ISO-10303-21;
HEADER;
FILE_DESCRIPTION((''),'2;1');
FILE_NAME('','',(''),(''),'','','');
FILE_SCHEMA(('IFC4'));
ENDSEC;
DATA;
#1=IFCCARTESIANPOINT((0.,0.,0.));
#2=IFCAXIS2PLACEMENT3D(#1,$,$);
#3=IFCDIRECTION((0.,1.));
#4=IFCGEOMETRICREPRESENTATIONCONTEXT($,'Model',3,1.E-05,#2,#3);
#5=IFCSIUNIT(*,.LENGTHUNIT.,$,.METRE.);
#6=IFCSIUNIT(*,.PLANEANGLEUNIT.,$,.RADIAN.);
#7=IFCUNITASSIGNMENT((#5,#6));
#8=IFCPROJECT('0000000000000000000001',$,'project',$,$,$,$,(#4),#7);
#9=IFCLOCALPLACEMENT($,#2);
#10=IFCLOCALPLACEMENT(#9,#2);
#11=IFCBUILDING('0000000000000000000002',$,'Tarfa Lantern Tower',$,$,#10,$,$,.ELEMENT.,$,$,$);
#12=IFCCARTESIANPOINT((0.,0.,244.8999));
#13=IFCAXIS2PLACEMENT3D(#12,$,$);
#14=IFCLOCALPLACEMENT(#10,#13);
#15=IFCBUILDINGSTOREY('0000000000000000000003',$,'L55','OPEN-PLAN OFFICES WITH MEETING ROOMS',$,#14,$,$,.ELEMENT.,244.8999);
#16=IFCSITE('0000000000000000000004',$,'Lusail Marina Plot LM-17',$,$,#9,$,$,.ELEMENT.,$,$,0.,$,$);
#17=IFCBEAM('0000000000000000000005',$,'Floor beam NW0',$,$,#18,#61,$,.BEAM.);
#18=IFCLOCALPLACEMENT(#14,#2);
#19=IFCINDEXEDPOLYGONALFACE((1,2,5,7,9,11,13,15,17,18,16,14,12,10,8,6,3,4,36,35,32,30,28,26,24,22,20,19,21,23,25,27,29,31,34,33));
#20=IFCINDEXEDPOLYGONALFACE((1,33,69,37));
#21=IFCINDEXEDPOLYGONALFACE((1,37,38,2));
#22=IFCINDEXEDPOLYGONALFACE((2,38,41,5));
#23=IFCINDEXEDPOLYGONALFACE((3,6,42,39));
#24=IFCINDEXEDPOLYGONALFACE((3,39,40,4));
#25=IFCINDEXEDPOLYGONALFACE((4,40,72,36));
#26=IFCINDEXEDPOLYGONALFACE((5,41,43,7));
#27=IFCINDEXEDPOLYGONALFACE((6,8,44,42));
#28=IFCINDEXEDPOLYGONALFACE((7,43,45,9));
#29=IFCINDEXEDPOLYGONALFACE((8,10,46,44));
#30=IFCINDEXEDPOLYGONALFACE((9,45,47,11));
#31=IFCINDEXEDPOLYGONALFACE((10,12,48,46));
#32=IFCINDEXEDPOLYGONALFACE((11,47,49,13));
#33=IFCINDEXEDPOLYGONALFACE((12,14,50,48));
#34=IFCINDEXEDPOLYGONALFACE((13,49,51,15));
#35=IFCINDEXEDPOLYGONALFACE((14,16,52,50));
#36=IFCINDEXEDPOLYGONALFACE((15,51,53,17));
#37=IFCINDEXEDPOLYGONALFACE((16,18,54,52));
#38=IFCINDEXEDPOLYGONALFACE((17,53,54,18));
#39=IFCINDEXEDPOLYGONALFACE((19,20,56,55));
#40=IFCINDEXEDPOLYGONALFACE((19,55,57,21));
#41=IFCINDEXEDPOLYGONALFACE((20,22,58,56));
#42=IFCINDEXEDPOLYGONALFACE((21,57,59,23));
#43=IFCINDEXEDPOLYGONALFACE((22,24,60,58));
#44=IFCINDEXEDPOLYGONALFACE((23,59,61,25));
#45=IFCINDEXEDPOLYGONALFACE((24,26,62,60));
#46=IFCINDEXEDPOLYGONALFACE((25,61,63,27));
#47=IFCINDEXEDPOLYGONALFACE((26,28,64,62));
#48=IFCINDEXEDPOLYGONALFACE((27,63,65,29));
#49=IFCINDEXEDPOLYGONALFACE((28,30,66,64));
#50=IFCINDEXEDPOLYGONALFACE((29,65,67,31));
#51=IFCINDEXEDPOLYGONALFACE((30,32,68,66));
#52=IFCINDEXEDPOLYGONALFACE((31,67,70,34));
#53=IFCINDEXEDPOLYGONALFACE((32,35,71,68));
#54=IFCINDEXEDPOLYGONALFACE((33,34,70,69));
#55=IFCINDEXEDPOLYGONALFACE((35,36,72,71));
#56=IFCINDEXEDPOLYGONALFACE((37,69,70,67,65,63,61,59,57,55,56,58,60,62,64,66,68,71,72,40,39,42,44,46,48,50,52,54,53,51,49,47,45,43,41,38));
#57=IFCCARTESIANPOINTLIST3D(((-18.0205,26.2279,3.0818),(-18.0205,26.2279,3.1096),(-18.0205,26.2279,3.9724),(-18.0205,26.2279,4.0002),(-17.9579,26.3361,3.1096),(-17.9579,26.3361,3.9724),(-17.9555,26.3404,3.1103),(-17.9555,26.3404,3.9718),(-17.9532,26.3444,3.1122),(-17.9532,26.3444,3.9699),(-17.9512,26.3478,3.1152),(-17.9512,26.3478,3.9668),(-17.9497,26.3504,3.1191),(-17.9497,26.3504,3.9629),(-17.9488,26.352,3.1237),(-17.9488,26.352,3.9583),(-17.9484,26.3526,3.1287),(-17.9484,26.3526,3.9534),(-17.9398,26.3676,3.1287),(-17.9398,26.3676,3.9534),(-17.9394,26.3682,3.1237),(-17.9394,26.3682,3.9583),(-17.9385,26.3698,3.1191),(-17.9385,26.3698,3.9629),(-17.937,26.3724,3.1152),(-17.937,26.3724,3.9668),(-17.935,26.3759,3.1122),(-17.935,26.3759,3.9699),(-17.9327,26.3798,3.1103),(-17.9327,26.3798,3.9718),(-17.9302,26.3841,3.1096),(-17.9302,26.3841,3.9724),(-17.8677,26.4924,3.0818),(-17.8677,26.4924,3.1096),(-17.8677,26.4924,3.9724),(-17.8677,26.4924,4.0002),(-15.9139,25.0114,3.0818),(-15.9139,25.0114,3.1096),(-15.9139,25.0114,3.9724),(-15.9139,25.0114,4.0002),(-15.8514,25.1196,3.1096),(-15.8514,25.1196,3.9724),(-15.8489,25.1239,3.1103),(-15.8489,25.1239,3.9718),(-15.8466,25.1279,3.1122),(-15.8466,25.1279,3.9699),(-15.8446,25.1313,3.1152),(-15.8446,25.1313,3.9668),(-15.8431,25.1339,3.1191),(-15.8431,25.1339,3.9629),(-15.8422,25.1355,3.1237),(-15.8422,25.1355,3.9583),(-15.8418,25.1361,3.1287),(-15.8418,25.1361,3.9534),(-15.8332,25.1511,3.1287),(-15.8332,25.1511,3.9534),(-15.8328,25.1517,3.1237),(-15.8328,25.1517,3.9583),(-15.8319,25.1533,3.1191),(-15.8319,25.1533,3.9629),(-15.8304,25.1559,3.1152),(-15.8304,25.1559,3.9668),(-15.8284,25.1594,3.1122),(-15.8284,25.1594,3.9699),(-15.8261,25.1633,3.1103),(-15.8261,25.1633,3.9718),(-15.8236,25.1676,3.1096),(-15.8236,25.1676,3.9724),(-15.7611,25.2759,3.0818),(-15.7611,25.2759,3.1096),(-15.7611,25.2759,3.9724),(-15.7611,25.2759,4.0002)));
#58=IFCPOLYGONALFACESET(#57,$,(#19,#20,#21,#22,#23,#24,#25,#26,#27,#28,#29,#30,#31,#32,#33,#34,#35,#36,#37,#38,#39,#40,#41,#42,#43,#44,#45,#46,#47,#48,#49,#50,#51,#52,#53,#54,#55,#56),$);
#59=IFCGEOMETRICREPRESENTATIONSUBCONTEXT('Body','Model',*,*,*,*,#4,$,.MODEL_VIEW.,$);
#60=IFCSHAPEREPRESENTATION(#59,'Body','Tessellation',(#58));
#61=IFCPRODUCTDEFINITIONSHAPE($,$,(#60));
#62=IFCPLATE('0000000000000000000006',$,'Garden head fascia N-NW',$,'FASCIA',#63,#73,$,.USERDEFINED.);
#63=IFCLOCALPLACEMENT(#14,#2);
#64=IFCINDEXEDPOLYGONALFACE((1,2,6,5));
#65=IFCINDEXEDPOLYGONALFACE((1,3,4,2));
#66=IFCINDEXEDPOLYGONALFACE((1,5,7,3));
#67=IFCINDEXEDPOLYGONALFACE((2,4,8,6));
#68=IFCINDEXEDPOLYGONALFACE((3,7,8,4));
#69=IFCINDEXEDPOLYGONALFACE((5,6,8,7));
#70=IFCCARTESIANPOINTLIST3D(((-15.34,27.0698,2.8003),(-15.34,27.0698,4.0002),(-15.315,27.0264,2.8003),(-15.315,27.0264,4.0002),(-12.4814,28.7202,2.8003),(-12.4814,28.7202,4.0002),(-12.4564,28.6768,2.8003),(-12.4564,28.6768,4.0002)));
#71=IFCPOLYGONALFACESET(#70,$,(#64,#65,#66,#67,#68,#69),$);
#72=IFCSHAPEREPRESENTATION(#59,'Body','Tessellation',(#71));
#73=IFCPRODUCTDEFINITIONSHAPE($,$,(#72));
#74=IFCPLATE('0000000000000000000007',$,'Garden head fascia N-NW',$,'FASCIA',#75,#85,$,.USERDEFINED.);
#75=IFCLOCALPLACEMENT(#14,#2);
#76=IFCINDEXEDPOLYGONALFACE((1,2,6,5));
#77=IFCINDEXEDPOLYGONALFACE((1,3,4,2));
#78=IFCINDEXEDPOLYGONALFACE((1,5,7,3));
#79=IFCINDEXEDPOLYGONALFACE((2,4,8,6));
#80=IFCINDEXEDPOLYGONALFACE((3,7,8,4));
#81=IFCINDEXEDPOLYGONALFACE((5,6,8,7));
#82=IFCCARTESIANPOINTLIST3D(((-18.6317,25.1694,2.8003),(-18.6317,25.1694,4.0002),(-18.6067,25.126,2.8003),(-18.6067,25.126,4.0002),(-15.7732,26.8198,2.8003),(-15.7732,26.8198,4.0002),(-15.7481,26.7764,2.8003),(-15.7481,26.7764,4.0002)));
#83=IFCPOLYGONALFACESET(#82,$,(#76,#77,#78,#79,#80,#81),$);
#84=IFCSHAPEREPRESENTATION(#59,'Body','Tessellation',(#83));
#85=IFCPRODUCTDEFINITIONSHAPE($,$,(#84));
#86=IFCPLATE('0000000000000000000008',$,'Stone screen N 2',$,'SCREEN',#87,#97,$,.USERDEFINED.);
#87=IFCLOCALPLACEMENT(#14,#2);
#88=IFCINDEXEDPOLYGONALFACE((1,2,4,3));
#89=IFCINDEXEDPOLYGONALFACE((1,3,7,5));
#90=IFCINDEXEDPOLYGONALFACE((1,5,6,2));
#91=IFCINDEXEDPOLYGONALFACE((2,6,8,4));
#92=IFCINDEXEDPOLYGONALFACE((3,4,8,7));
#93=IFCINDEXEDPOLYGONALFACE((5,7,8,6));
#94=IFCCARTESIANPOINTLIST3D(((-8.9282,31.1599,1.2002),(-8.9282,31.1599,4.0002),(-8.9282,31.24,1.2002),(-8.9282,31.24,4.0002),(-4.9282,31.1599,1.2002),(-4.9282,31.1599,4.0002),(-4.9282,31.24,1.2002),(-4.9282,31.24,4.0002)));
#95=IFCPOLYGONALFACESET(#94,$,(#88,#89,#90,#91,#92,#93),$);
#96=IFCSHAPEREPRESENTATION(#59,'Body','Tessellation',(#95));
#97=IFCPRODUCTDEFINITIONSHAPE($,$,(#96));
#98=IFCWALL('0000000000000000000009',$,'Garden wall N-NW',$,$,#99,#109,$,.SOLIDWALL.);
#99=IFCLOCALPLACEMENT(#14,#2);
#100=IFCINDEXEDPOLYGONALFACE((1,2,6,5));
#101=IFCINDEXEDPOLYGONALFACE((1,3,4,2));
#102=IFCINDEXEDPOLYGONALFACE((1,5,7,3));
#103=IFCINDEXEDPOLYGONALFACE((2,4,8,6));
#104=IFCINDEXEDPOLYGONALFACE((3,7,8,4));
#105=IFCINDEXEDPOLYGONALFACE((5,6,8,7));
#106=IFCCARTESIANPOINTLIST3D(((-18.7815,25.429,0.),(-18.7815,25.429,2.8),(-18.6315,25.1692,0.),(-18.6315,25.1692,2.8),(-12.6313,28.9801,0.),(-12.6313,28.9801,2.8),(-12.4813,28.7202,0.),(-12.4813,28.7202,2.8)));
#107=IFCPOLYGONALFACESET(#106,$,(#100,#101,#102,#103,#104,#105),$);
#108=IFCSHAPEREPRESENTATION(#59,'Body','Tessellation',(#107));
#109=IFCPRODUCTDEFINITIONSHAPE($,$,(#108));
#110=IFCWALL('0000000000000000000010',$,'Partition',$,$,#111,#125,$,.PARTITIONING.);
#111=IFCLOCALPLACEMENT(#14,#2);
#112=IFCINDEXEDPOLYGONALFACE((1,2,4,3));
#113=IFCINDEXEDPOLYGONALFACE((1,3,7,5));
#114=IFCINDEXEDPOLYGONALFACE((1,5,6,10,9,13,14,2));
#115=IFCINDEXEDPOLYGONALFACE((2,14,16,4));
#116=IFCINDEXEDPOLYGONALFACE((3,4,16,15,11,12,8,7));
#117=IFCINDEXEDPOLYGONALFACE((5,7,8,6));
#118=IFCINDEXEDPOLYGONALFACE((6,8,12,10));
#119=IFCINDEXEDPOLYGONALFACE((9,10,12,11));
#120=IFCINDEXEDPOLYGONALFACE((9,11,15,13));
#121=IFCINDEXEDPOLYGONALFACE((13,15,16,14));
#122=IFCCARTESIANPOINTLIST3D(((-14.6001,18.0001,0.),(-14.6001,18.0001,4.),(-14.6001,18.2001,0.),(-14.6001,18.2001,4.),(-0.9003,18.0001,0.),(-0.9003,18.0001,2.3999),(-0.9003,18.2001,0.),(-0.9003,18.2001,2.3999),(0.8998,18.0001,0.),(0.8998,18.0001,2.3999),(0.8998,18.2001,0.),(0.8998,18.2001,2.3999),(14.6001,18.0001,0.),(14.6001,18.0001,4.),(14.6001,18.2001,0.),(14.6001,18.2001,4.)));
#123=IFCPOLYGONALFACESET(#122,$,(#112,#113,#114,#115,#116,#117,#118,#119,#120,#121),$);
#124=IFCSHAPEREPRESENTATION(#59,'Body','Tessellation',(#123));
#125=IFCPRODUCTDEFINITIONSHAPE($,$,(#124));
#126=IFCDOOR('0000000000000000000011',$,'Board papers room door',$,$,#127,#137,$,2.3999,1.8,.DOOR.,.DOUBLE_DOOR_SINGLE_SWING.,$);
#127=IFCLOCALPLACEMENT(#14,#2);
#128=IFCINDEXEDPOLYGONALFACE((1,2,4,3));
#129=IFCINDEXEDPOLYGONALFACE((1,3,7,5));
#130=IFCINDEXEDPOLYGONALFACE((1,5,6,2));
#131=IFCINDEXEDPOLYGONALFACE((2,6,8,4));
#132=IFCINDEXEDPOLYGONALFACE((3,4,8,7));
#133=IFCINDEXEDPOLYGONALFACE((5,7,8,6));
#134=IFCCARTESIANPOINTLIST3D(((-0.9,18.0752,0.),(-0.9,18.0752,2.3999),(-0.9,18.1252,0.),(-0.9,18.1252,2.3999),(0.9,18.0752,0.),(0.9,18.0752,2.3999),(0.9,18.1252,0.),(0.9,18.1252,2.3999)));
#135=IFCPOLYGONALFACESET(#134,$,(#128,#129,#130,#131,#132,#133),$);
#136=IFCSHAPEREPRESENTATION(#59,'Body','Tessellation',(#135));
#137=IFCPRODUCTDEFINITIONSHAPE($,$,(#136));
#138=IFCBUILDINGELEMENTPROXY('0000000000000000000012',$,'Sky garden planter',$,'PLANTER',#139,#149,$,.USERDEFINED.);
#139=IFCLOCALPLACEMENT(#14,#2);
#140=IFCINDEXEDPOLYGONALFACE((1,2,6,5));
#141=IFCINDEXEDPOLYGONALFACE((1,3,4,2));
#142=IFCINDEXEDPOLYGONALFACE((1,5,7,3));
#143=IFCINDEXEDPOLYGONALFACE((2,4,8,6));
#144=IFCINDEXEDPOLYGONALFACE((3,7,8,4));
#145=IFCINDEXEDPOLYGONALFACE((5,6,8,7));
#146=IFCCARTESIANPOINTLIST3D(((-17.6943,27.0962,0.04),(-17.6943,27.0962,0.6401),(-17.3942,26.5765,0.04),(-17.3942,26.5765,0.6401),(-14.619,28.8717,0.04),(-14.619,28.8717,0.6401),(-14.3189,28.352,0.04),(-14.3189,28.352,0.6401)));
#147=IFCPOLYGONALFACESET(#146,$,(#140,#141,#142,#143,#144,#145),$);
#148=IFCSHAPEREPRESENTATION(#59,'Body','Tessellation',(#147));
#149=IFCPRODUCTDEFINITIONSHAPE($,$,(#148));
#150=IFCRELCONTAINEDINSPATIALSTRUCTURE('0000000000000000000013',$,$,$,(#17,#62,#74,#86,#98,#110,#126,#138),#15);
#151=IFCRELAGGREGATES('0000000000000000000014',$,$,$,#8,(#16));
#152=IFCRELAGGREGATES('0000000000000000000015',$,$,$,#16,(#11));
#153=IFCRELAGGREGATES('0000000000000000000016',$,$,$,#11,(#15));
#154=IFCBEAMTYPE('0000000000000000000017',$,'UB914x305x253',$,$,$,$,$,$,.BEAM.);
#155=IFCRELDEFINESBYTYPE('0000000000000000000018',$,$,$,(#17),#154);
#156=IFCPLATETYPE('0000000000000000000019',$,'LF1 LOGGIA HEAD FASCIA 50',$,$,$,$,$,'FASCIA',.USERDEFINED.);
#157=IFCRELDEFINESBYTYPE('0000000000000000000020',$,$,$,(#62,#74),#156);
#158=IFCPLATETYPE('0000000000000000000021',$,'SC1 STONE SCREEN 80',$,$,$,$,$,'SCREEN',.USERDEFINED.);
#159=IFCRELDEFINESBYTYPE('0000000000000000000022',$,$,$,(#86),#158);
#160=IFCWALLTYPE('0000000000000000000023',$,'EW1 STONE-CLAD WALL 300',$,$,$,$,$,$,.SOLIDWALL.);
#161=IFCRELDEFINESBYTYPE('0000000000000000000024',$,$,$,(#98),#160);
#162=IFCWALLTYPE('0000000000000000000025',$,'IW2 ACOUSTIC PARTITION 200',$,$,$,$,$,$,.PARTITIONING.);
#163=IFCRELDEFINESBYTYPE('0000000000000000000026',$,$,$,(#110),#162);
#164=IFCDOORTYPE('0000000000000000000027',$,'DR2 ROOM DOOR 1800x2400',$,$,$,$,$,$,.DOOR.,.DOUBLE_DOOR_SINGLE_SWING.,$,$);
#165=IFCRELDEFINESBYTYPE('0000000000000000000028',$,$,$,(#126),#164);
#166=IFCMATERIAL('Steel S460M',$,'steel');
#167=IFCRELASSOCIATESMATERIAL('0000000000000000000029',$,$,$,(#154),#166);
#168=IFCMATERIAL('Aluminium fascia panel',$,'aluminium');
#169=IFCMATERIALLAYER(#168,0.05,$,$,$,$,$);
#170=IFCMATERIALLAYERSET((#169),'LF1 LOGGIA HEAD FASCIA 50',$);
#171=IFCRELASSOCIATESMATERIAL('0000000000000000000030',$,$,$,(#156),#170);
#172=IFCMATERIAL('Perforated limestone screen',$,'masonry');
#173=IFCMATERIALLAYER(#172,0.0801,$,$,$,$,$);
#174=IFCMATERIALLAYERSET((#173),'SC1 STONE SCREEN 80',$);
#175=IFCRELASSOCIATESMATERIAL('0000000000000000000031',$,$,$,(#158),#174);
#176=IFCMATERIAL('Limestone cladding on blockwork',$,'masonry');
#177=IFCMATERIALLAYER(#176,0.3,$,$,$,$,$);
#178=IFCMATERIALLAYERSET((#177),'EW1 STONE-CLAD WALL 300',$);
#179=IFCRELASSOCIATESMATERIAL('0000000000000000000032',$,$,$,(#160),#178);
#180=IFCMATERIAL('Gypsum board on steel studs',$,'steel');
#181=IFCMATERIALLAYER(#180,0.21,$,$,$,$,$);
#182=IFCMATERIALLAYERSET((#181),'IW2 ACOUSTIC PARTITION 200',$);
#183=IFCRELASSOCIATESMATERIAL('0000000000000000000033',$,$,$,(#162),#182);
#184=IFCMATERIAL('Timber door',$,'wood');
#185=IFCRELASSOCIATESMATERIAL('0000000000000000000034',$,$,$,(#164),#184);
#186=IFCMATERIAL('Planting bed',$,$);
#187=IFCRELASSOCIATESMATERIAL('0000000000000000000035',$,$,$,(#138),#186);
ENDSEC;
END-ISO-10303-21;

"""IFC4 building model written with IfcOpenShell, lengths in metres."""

from ifc_helpers import new_model, si_unit, direction, frame, frame_2d, origin, origin_2d, place, context, subcontext, project, spatial, rectangle, i_section, extrude, material, layer, layer_set, material_profile, profile_set, type_object, element, fill, save


model = new_model("IFC4")

# Units and contexts
model_context = context("Model", 3, precision=1e-05, world=origin(), true_north=direction((0.0, 1.0)))
body_context = subcontext(model_context, "Body", "Model", "MODEL_VIEW")
ifc_project = project(units=[si_unit("LENGTHUNIT", "METRE"), si_unit("PLANEANGLEUNIT", "RADIAN")], contexts=[model_context])

# Site, building, storey
site_placement = place(None, origin())
site = spatial("IfcSite", under=ifc_project, at=site_placement, Name="Lusail Marina Plot LM-17", CompositionType="ELEMENT", RefElevation=0.0)
building_placement = place(site_placement, origin())
building = spatial("IfcBuilding", under=site, at=building_placement, Name="Tarfa Lantern Tower", CompositionType="ELEMENT")
storey_placement = place(building_placement, frame((0.0, 0.0, 244.8999)))
storey = spatial("IfcBuildingStorey", under=building, at=storey_placement, Name="L55", Description="OPEN-PLAN OFFICES WITH MEETING ROOMS", CompositionType="ELEMENT", Elevation=244.8999)

# Beam
ifc_material_1 = material(Name="Steel S460M", Category="steel")
ifc_material_profile_1 = material_profile(ifc_material_1, i_section(OverallWidth=0.3054, OverallDepth=0.9185, WebThickness=0.0173, FlangeThickness=0.0278, FilletRadius=0.019, at=origin_2d()), Name="UB914x305x253")
ifc_profile_set_1 = profile_set([ifc_material_profile_1], Name="Steel S460M")
beam_type_1 = type_object("IfcBeamType", Name="UB914x305x253", PredefinedType="BEAM", material=ifc_profile_set_1)
beam_1_placement = place(storey_placement, frame((-17.9441, 26.3601, 3.541), z_axis=(0.86598, -0.500079, 0.0), x_axis=(0.500079, 0.86598, 0.0)))
element("IfcBeam", 1, at=beam_1_placement, inside=storey, type_object=beam_type_1, Name="Floor beam NW0", PredefinedType="BEAM", context=body_context, shape_type="SweptSolid", body=[
    extrude(i_section(OverallWidth=0.3054, OverallDepth=0.9185, WebThickness=0.0173, FlangeThickness=0.0278, FilletRadius=0.019, at=origin_2d()), origin(), (0.0, 0.0, 1.0), 2.4326),
])

# Plates
ifc_material_2 = material(Name="Aluminium fascia panel", Category="aluminium")
ifc_layer_1 = layer(ifc_material_2, 0.05)
ifc_layer_set_1 = layer_set([ifc_layer_1], Name="LF1 LOGGIA HEAD FASCIA 50")
plate_type_1 = type_object("IfcPlateType", Name="LF1 LOGGIA HEAD FASCIA 50", ElementType="FASCIA", PredefinedType="USERDEFINED", material=ifc_layer_set_1)
for number, where, z_axis, x_axis, name in (
    (2, (-13.8982, 27.8733, 2.8003), (0.0, 0.0, 1.0), (-0.866025, -0.5, 0.0), "Garden head fascia N-NW"),
    (3, (-17.1899, 25.9729, 2.8003), (0.0, 0.0, 1.0), (-0.866025, -0.5, 0.0), "Garden head fascia N-NW"),
):
    element("IfcPlate", number, at=place(storey_placement, frame(where, z_axis=z_axis, x_axis=x_axis)), inside=storey, type_object=plate_type_1, Name=name, ObjectType="FASCIA", PredefinedType="USERDEFINED", context=body_context, shape_type="SweptSolid", body=[
        extrude(rectangle(XDim=3.3008, YDim=0.05, at=origin_2d()), origin(), (0.0, 0.0, 1.0), 1.2),
    ])
ifc_material_3 = material(Name="Perforated limestone screen", Category="masonry")
ifc_layer_2 = layer(ifc_material_3, 0.0801)
ifc_layer_set_2 = layer_set([ifc_layer_2], Name="SC1 STONE SCREEN 80")
plate_type_2 = type_object("IfcPlateType", Name="SC1 STONE SCREEN 80", ElementType="SCREEN", PredefinedType="USERDEFINED", material=ifc_layer_set_2)
plate_placement = place(storey_placement, frame((-6.9282, 31.2, 1.2002), z_axis=(0.0, 0.0, 1.0), x_axis=(-1.0, 0.0, 0.0)))
element("IfcPlate", 4, at=plate_placement, inside=storey, type_object=plate_type_2, Name="Stone screen N 2", ObjectType="SCREEN", PredefinedType="USERDEFINED", context=body_context, shape_type="SweptSolid", body=[
    extrude(rectangle(XDim=4.0, YDim=0.0801, at=origin_2d()), origin(), (0.0, 0.0, 1.0), 2.8),
])

# Wall
ifc_material_4 = material(Name="Limestone cladding on blockwork", Category="masonry")
ifc_layer_3 = layer(ifc_material_4, 0.3)
ifc_layer_set_3 = layer_set([ifc_layer_3], Name="EW1 STONE-CLAD WALL 300")
wall_type_1 = type_object("IfcWallType", Name="EW1 STONE-CLAD WALL 300", PredefinedType="SOLIDWALL", material=ifc_layer_set_3)
wall_1_placement = place(storey_placement, frame((-12.5564, 28.8501, 0.0), z_axis=(0.0, 0.0, 1.0), x_axis=(-0.866011, -0.500025, 0.0)))
element("IfcWall", 5, at=wall_1_placement, inside=storey, type_object=wall_type_1, Name="Garden wall N-NW", PredefinedType="SOLIDWALL", context=body_context, shape_type="SweptSolid", body=[
    extrude(rectangle(XDim=7.1018, YDim=0.3, at=frame_2d((3.5508, 0.0))), origin(), (0.0, 0.0, 1.0), 2.8),
])

# Wall, opening, door
ifc_material_5 = material(Name="Gypsum board on steel studs", Category="steel")
ifc_layer_4 = layer(ifc_material_5, 0.21)
ifc_layer_set_4 = layer_set([ifc_layer_4], Name="IW2 ACOUSTIC PARTITION 200")
wall_type_2 = type_object("IfcWallType", Name="IW2 ACOUSTIC PARTITION 200", PredefinedType="PARTITIONING", material=ifc_layer_set_4)
wall_2_placement = place(storey_placement, frame((-14.6001, 18.1001, 0.0), z_axis=(0.0, 0.0, 1.0), x_axis=(1.0, 0.0, 0.0)))
wall_2 = element("IfcWall", 6, at=wall_2_placement, inside=storey, type_object=wall_type_2, Name="Partition", PredefinedType="PARTITIONING", context=body_context, shape_type="SweptSolid", body=[
    extrude(rectangle(XDim=29.2002, YDim=0.2, at=frame_2d((14.6001, 0.0))), origin(), (0.0, 0.0, 1.0), 4.0),
])
opening_placement = place(wall_2_placement, frame((13.7, 0.0, 0.0)))
opening = element("IfcOpeningElement", 7, at=opening_placement, cuts=wall_2, PredefinedType="OPENING", context=body_context, shape_type="SweptSolid", body=[
    extrude(rectangle(XDim=1.8, YDim=2.3999, at=frame_2d((0.8999, 1.2))), frame((0.0, 0.1099, 0.0), z_axis=(0.0, -1.0, 0.0), x_axis=(1.0, 0.0, 0.0)), (0.0, 0.0, 1.0), 0.22),
])
ifc_material_6 = material(Name="Timber door", Category="wood")
door_type = type_object("IfcDoorType", Name="DR2 ROOM DOOR 1800x2400", OperationType="DOUBLE_DOOR_SINGLE_SWING", PredefinedType="DOOR", material=ifc_material_6)
door_placement = place(opening_placement, frame((1.8, 0.0, 0.0), z_axis=(0.0, 0.0, 1.0), x_axis=(-1.0, 0.0, 0.0)))
door = element("IfcDoor", 8, at=door_placement, inside=storey, type_object=door_type, Name="Board papers room door", OperationType="DOUBLE_DOOR_SINGLE_SWING", OverallHeight=2.3999, OverallWidth=1.8, PredefinedType="DOOR", context=body_context, shape_type="SweptSolid", body=[
    extrude(rectangle(XDim=1.8, YDim=2.3999, at=frame_2d((0.8999, 1.2))), frame((0.0, 0.0249, 0.0), z_axis=(0.0, -1.0, 0.0), x_axis=(1.0, 0.0, 0.0)), (0.0, 0.0, 1.0), 0.05),
])
fill(opening, door)

# Building element proxy
ifc_material_7 = material(Name="Planting bed")
proxy_placement = place(storey_placement, frame((-16.0066, 27.7241, 0.04), z_axis=(0.0, 0.0, 1.0), x_axis=(-0.866025, -0.5, 0.0)))
element("IfcBuildingElementProxy", 9, at=proxy_placement, inside=storey, material=ifc_material_7, Name="Sky garden planter", ObjectType="PLANTER", PredefinedType="USERDEFINED", context=body_context, shape_type="SweptSolid", body=[
    extrude(rectangle(XDim=3.551, YDim=0.6001, at=origin_2d()), origin(), (0.0, 0.0, 1.0), 0.6001),
])

save(model, "model.ifc")
